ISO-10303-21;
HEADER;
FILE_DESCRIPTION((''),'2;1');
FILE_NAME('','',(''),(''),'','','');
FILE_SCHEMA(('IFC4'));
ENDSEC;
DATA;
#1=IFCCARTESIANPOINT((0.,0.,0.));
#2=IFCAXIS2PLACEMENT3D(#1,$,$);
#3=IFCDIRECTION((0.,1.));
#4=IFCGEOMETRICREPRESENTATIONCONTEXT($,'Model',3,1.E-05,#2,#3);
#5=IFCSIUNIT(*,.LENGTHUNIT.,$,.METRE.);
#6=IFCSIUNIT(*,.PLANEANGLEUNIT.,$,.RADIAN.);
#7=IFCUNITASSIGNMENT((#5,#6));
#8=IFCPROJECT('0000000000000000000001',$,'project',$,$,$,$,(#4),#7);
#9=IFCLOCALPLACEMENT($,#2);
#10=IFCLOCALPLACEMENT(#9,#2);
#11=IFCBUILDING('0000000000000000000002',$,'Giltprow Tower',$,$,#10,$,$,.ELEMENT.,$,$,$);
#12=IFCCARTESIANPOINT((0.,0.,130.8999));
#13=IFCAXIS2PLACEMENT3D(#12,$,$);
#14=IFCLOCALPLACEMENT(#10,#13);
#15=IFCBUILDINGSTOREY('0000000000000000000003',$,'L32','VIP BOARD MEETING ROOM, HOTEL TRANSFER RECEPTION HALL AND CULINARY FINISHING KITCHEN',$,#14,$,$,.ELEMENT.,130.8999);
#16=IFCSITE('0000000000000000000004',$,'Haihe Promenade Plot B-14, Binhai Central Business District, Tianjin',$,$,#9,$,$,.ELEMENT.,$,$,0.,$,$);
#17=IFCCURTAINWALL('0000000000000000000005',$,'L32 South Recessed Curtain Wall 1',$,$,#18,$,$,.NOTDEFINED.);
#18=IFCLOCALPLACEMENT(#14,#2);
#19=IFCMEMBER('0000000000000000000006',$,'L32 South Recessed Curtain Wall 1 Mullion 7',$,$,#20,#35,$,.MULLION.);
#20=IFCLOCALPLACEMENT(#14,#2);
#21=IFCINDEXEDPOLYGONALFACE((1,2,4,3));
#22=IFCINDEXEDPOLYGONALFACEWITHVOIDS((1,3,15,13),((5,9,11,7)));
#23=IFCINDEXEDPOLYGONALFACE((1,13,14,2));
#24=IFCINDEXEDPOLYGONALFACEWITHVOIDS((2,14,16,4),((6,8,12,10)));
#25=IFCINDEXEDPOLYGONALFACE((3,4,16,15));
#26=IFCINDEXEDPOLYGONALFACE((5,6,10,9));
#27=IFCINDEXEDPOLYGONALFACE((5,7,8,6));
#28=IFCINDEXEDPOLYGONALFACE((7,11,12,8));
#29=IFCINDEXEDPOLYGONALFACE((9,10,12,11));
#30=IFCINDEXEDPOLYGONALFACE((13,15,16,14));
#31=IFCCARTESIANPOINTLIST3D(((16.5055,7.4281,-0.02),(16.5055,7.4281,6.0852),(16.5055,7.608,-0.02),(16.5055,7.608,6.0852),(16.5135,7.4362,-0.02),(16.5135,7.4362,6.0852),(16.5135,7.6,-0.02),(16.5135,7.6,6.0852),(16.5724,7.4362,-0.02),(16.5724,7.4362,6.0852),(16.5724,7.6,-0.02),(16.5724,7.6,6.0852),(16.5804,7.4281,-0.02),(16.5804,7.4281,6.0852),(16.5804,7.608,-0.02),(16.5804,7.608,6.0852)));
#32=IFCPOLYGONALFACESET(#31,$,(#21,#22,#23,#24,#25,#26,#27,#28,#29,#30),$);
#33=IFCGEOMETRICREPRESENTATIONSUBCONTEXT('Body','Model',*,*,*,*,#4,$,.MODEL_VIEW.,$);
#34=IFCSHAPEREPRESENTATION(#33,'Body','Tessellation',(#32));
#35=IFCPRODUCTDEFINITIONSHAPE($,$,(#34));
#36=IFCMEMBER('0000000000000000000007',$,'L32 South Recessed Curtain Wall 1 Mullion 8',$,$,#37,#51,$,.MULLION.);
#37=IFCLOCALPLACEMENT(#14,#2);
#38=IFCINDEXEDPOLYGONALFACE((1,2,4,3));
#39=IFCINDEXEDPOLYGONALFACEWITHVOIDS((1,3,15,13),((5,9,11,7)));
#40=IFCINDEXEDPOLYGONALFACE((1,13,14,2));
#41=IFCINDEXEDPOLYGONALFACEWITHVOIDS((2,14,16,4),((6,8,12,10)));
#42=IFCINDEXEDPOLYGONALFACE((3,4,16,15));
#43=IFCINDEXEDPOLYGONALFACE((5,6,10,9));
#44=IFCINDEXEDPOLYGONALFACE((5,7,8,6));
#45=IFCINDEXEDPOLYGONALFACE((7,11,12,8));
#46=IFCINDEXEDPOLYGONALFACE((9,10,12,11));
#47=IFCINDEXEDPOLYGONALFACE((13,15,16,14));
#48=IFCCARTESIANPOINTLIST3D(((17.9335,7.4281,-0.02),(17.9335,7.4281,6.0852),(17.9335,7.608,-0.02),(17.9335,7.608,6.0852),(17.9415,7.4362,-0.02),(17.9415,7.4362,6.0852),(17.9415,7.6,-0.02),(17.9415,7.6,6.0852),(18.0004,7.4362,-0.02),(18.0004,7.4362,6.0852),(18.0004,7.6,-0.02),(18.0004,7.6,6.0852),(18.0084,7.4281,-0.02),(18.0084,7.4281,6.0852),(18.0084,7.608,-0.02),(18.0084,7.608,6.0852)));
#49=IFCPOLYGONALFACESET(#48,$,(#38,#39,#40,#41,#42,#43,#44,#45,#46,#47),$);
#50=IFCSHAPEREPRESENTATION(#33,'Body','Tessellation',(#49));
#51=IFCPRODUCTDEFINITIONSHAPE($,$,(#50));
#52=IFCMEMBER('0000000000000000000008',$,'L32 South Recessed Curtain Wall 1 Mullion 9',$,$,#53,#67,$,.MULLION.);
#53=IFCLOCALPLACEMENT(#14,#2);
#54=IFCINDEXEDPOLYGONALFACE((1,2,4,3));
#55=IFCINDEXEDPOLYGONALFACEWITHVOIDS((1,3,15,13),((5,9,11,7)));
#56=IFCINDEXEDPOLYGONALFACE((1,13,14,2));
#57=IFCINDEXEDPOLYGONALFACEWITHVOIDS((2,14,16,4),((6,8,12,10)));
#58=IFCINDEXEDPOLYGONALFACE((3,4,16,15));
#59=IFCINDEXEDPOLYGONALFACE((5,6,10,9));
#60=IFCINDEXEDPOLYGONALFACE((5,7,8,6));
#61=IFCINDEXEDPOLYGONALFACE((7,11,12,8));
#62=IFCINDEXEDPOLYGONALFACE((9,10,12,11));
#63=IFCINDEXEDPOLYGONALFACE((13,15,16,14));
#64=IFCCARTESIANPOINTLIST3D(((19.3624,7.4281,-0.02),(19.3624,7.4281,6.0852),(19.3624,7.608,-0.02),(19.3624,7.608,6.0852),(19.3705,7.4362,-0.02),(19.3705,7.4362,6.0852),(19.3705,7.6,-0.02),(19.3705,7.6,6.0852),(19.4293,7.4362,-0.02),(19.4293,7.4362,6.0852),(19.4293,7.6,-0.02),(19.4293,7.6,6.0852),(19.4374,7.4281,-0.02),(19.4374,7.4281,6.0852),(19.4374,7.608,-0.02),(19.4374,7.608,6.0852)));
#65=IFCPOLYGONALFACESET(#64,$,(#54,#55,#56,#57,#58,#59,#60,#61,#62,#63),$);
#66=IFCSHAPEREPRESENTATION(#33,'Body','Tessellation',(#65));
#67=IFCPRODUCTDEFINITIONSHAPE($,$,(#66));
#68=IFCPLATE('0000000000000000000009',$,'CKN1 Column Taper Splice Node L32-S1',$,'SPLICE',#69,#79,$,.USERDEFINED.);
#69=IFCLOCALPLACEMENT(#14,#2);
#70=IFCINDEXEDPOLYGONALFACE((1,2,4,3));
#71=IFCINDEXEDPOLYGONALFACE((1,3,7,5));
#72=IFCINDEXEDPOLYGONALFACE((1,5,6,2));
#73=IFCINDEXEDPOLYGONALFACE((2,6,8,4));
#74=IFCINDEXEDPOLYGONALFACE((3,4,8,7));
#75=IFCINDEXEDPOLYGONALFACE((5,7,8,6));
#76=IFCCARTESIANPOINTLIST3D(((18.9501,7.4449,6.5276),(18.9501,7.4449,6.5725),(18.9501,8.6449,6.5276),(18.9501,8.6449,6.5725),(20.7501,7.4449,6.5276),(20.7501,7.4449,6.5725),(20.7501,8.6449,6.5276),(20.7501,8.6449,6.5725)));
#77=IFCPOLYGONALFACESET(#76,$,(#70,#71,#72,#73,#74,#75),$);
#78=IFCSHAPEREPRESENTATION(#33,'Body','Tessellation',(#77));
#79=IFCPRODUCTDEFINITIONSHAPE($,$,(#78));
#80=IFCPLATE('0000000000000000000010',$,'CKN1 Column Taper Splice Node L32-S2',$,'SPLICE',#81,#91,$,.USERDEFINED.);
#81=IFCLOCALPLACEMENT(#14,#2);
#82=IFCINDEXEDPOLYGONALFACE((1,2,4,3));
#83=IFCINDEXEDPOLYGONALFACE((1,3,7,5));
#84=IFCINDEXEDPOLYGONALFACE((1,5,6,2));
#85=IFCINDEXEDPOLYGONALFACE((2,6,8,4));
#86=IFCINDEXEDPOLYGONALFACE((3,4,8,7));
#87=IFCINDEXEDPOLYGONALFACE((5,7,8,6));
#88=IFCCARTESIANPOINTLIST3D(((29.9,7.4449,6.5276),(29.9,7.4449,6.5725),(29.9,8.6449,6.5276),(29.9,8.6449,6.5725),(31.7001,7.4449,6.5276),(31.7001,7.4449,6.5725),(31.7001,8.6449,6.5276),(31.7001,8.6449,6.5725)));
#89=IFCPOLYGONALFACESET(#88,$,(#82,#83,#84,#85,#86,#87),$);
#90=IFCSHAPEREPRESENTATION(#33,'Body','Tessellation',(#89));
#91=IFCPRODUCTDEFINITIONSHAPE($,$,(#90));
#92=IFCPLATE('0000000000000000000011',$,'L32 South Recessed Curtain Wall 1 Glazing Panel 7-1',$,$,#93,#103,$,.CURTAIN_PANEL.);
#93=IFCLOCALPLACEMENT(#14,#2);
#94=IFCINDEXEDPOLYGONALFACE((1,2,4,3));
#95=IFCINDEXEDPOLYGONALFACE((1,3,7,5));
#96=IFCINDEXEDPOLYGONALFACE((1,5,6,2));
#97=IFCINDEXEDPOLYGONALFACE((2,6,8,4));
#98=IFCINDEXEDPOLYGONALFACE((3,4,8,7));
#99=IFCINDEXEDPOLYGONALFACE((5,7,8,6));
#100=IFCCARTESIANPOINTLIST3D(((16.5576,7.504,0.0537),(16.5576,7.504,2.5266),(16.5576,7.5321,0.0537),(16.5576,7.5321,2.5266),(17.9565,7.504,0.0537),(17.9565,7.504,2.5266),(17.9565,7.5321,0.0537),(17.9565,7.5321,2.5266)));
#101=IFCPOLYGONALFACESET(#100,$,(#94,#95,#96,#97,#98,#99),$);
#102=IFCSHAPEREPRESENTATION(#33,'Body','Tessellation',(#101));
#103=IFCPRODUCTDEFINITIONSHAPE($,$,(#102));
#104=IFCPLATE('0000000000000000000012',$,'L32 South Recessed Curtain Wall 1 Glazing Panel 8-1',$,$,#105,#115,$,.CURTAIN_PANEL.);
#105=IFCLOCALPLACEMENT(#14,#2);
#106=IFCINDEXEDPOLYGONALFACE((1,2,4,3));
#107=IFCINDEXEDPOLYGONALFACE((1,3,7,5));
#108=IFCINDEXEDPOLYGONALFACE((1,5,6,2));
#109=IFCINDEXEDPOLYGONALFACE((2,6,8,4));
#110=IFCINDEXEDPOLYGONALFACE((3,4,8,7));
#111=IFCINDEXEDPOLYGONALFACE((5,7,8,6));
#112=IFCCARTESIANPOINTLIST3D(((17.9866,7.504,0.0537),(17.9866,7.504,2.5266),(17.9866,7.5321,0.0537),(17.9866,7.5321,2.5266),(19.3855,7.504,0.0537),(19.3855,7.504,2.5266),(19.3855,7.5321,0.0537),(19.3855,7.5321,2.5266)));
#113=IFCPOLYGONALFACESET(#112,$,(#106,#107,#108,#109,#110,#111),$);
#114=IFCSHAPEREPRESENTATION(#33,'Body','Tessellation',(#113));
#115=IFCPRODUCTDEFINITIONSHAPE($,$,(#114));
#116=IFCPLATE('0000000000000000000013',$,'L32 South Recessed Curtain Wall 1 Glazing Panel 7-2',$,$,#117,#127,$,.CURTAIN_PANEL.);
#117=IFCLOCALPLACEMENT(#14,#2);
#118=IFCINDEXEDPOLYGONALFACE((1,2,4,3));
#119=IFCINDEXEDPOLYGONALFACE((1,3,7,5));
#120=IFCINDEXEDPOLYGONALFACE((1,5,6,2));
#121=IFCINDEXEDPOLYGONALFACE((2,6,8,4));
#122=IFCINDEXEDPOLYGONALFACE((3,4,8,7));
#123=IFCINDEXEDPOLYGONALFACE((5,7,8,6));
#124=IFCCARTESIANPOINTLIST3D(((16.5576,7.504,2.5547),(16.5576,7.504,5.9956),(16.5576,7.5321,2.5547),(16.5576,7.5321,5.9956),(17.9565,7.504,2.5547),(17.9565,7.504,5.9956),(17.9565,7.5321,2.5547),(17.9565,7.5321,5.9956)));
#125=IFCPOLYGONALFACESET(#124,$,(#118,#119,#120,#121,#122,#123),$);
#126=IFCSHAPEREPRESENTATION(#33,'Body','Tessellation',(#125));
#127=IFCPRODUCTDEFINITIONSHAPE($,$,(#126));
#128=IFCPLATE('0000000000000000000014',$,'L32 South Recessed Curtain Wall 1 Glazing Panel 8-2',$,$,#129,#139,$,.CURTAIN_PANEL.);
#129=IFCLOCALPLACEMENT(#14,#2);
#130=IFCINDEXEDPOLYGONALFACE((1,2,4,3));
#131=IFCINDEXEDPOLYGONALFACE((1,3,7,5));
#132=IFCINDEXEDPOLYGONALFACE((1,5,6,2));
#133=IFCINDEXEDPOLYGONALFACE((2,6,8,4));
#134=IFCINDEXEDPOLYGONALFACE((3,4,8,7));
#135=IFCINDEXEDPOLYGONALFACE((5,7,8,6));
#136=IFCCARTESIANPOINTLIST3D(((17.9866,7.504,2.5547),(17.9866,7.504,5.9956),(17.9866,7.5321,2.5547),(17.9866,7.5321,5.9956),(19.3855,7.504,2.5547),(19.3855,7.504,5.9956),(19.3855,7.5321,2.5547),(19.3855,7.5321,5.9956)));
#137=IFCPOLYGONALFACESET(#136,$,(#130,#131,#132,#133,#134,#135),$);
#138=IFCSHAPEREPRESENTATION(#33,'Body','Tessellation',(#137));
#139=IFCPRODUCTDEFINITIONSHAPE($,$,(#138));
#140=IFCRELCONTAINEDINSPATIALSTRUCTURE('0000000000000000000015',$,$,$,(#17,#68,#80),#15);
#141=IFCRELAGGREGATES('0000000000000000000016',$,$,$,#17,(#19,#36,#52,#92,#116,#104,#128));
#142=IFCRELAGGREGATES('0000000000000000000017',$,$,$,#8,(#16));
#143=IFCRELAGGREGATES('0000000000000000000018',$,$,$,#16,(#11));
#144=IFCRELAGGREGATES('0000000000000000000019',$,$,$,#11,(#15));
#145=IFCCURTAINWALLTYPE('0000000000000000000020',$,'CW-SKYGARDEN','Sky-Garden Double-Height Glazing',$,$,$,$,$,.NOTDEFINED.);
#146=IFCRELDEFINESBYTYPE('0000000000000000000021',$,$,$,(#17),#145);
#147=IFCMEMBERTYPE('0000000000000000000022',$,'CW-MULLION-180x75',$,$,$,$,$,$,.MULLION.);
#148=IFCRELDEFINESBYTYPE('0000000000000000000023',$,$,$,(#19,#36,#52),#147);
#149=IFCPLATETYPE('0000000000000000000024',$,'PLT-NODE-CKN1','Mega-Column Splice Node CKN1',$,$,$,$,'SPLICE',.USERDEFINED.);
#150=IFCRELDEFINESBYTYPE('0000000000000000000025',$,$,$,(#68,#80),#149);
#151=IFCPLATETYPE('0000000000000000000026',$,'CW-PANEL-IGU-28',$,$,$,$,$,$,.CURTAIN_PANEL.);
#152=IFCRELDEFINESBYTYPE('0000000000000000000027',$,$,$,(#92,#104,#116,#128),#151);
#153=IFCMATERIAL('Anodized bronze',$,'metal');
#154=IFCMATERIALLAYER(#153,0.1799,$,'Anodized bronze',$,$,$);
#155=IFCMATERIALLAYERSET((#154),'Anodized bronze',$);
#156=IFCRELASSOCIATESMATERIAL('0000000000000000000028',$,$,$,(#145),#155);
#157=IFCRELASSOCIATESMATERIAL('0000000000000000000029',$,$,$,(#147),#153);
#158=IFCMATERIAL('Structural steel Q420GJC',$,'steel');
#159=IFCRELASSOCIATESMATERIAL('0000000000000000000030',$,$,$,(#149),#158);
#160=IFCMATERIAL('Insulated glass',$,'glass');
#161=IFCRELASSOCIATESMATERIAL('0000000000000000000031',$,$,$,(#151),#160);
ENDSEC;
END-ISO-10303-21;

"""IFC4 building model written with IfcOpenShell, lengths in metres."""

from ifc_helpers import new_model, si_unit, direction, frame, origin, origin_2d, place, context, subcontext, project, spatial, rectangle, hollow_rectangle, extrude, source, transform, mapped, material, layer, layer_set, material_profile, profile_set, type_object, element, aggregate, save


model = new_model("IFC4")

# Units and contexts
model_context = context("Model", 3, precision=1e-05, world=origin(), true_north=direction((0.0, 1.0)))
body_context = subcontext(model_context, "Body", "Model", "MODEL_VIEW")
ifc_project = project(units=[si_unit("LENGTHUNIT", "METRE"), si_unit("PLANEANGLEUNIT", "RADIAN")], contexts=[model_context])

# Site, building, storey
site_placement = place(None, origin())
site = spatial("IfcSite", under=ifc_project, at=site_placement, Name="Haihe Promenade Plot B-14, Binhai Central Business District, Tianjin", CompositionType="ELEMENT", RefElevation=0.0)
building_placement = place(site_placement, origin())
building = spatial("IfcBuilding", under=site, at=building_placement, Name="Giltprow Tower", CompositionType="ELEMENT")
storey_placement = place(building_placement, frame((0.0, 0.0, 130.8999)))
storey = spatial("IfcBuildingStorey", under=building, at=storey_placement, Name="L32", Description="VIP BOARD MEETING ROOM, HOTEL TRANSFER RECEPTION HALL AND CULINARY FINISHING KITCHEN", CompositionType="ELEMENT", Elevation=130.8999)

# Shared definitions
ifc_material_1 = material(Name="Structural steel Q420GJC", Category="steel")

# Curtain wall, members
ifc_material_2 = material(Name="Anodized bronze", Category="metal")
ifc_layer_1 = layer(ifc_material_2, 0.1799, Name="Anodized bronze")
ifc_layer_set_1 = layer_set([ifc_layer_1], Name="Anodized bronze")
curtain_wall_type = type_object("IfcCurtainWallType", Name="CW-SKYGARDEN", Description="Sky-Garden Double-Height Glazing", PredefinedType="NOTDEFINED", material=ifc_layer_set_1)
curtain_wall_placement = place(storey_placement, origin())
curtain_wall = element("IfcCurtainWall", 1, at=curtain_wall_placement, inside=storey, type_object=curtain_wall_type, Name="L32 South Recessed Curtain Wall 1", PredefinedType="NOTDEFINED")
ifc_material_profile_1 = material_profile(ifc_material_2, hollow_rectangle(XDim=0.075, YDim=0.1799, WallThickness=0.0081, at=origin_2d()), Name="RHS 180x75x8")
ifc_profile_set_1 = profile_set([ifc_material_profile_1], Name="Anodized bronze")
member_type = type_object("IfcMemberType", Name="CW-MULLION-180x75", PredefinedType="MULLION", material=ifc_profile_set_1)
shared_shape_1 = source(origin(), body_context, "Body", "SweptSolid", [
    extrude(hollow_rectangle(XDim=0.075, YDim=0.1799, WallThickness=0.0081, at=origin_2d()), origin(), (0.0, 0.0, 1.0), 6.1052),
])
member_1_placement = place(storey_placement, frame((16.543, 7.5181, -0.02), z_axis=(0.0, 0.0, 1.0), x_axis=(1.0, 0.0, 0.0)))
member_1 = element("IfcMember", 2, at=member_1_placement, type_object=member_type, Name="L32 South Recessed Curtain Wall 1 Mullion 7", PredefinedType="MULLION", context=body_context, shape_type="MappedRepresentation", body=[
    mapped(shared_shape_1, transform((0.0, 0.0, 0.0), x_axis=(1.0, 0.0, 0.0), y_axis=(0.0, 1.0, 0.0), z_axis=(0.0, 0.0, 1.0), scale=1.0)),
])
member_2_placement = place(storey_placement, frame((17.9709, 7.5181, -0.02), z_axis=(0.0, 0.0, 1.0), x_axis=(1.0, 0.0, 0.0)))
member_2 = element("IfcMember", 3, at=member_2_placement, type_object=member_type, Name="L32 South Recessed Curtain Wall 1 Mullion 8", PredefinedType="MULLION", context=body_context, shape_type="MappedRepresentation", body=[
    mapped(shared_shape_1, transform((0.0, 0.0, 0.0), x_axis=(1.0, 0.0, 0.0), y_axis=(0.0, 1.0, 0.0), z_axis=(0.0, 0.0, 1.0), scale=1.0)),
])
member_3_placement = place(storey_placement, frame((19.3999, 7.5181, -0.02), z_axis=(0.0, 0.0, 1.0), x_axis=(1.0, 0.0, 0.0)))
member_3 = element("IfcMember", 4, at=member_3_placement, type_object=member_type, Name="L32 South Recessed Curtain Wall 1 Mullion 9", PredefinedType="MULLION", context=body_context, shape_type="MappedRepresentation", body=[
    mapped(shared_shape_1, transform((0.0, 0.0, 0.0), x_axis=(1.0, 0.0, 0.0), y_axis=(0.0, 1.0, 0.0), z_axis=(0.0, 0.0, 1.0), scale=1.0)),
])

# Plates
plate_type_1 = type_object("IfcPlateType", Name="PLT-NODE-CKN1", Description="Mega-Column Splice Node CKN1", ElementType="SPLICE", PredefinedType="USERDEFINED", material=ifc_material_1)
shared_shape_2 = source(origin(), body_context, "Body", "SweptSolid", [
    extrude(rectangle(XDim=1.8, YDim=1.2, at=origin_2d()), origin(), (0.0, 0.0, 1.0), 0.0449),
])
for number, where, z_axis, x_axis, name in (
    (5, (19.8501, 8.0449, 6.5276), (0.0, 0.0, 1.0), (1.0, 0.0, 0.0), "CKN1 Column Taper Splice Node L32-S1"),
    (6, (30.8, 8.0449, 6.5276), (0.0, 0.0, 1.0), (1.0, 0.0, 0.0), "CKN1 Column Taper Splice Node L32-S2"),
):
    element("IfcPlate", number, at=place(storey_placement, frame(where, z_axis=z_axis, x_axis=x_axis)), inside=storey, type_object=plate_type_1, Name=name, ObjectType="SPLICE", PredefinedType="USERDEFINED", context=body_context, shape_type="MappedRepresentation", body=[
        mapped(shared_shape_2, transform((0.0, 0.0, 0.0), x_axis=(1.0, 0.0, 0.0), y_axis=(0.0, 1.0, 0.0), z_axis=(0.0, 0.0, 1.0), scale=1.0)),
    ])

# Plates
ifc_material_3 = material(Name="Insulated glass", Category="glass")
plate_type_2 = type_object("IfcPlateType", Name="CW-PANEL-IGU-28", PredefinedType="CURTAIN_PANEL", material=ifc_material_3)
shared_shape_3 = source(origin(), body_context, "Body", "SweptSolid", [
    extrude(rectangle(XDim=1.3989, YDim=0.0281, at=origin_2d()), origin(), (0.0, 0.0, 1.0), 2.4729),
])
plate_1_placement = place(storey_placement, frame((17.2571, 7.5181, 0.0537), z_axis=(0.0, 0.0, 1.0), x_axis=(1.0, 0.0, 0.0)))
plate_1 = element("IfcPlate", 7, at=plate_1_placement, type_object=plate_type_2, Name="L32 South Recessed Curtain Wall 1 Glazing Panel 7-1", PredefinedType="CURTAIN_PANEL", context=body_context, shape_type="MappedRepresentation", body=[
    mapped(shared_shape_3, transform((0.0, 0.0, 0.0), x_axis=(1.0, 0.0, 0.0), y_axis=(0.0, 1.0, 0.0), z_axis=(0.0, 0.0, 1.0), scale=1.0)),
])
plate_2_placement = place(storey_placement, frame((18.686, 7.5181, 0.0537), z_axis=(0.0, 0.0, 1.0), x_axis=(1.0, 0.0, 0.0)))
plate_2 = element("IfcPlate", 8, at=plate_2_placement, type_object=plate_type_2, Name="L32 South Recessed Curtain Wall 1 Glazing Panel 8-1", PredefinedType="CURTAIN_PANEL", context=body_context, shape_type="MappedRepresentation", body=[
    mapped(shared_shape_3, transform((0.0, 0.0, 0.0), x_axis=(1.0, 0.0, 0.0), y_axis=(0.0, 1.0, 0.0), z_axis=(0.0, 0.0, 1.0), scale=1.0)),
])
shared_shape_4 = source(origin(), body_context, "Body", "SweptSolid", [
    extrude(rectangle(XDim=1.3989, YDim=0.0281, at=origin_2d()), origin(), (0.0, 0.0, 1.0), 3.4409),
])
plate_3_placement = place(storey_placement, frame((17.2571, 7.5181, 2.5547), z_axis=(0.0, 0.0, 1.0), x_axis=(1.0, 0.0, 0.0)))
plate_3 = element("IfcPlate", 9, at=plate_3_placement, type_object=plate_type_2, Name="L32 South Recessed Curtain Wall 1 Glazing Panel 7-2", PredefinedType="CURTAIN_PANEL", context=body_context, shape_type="MappedRepresentation", body=[
    mapped(shared_shape_4, transform((0.0, 0.0, 0.0), x_axis=(1.0, 0.0, 0.0), y_axis=(0.0, 1.0, 0.0), z_axis=(0.0, 0.0, 1.0), scale=1.0)),
])
plate_4_placement = place(storey_placement, frame((18.686, 7.5181, 2.5547), z_axis=(0.0, 0.0, 1.0), x_axis=(1.0, 0.0, 0.0)))
plate_4 = element("IfcPlate", 10, at=plate_4_placement, type_object=plate_type_2, Name="L32 South Recessed Curtain Wall 1 Glazing Panel 8-2", PredefinedType="CURTAIN_PANEL", context=body_context, shape_type="MappedRepresentation", body=[
    mapped(shared_shape_4, transform((0.0, 0.0, 0.0), x_axis=(1.0, 0.0, 0.0), y_axis=(0.0, 1.0, 0.0), z_axis=(0.0, 0.0, 1.0), scale=1.0)),
])
aggregate(curtain_wall, [member_1, member_2, member_3, plate_1, plate_3, plate_2, plate_4])

save(model, "model.ifc")
